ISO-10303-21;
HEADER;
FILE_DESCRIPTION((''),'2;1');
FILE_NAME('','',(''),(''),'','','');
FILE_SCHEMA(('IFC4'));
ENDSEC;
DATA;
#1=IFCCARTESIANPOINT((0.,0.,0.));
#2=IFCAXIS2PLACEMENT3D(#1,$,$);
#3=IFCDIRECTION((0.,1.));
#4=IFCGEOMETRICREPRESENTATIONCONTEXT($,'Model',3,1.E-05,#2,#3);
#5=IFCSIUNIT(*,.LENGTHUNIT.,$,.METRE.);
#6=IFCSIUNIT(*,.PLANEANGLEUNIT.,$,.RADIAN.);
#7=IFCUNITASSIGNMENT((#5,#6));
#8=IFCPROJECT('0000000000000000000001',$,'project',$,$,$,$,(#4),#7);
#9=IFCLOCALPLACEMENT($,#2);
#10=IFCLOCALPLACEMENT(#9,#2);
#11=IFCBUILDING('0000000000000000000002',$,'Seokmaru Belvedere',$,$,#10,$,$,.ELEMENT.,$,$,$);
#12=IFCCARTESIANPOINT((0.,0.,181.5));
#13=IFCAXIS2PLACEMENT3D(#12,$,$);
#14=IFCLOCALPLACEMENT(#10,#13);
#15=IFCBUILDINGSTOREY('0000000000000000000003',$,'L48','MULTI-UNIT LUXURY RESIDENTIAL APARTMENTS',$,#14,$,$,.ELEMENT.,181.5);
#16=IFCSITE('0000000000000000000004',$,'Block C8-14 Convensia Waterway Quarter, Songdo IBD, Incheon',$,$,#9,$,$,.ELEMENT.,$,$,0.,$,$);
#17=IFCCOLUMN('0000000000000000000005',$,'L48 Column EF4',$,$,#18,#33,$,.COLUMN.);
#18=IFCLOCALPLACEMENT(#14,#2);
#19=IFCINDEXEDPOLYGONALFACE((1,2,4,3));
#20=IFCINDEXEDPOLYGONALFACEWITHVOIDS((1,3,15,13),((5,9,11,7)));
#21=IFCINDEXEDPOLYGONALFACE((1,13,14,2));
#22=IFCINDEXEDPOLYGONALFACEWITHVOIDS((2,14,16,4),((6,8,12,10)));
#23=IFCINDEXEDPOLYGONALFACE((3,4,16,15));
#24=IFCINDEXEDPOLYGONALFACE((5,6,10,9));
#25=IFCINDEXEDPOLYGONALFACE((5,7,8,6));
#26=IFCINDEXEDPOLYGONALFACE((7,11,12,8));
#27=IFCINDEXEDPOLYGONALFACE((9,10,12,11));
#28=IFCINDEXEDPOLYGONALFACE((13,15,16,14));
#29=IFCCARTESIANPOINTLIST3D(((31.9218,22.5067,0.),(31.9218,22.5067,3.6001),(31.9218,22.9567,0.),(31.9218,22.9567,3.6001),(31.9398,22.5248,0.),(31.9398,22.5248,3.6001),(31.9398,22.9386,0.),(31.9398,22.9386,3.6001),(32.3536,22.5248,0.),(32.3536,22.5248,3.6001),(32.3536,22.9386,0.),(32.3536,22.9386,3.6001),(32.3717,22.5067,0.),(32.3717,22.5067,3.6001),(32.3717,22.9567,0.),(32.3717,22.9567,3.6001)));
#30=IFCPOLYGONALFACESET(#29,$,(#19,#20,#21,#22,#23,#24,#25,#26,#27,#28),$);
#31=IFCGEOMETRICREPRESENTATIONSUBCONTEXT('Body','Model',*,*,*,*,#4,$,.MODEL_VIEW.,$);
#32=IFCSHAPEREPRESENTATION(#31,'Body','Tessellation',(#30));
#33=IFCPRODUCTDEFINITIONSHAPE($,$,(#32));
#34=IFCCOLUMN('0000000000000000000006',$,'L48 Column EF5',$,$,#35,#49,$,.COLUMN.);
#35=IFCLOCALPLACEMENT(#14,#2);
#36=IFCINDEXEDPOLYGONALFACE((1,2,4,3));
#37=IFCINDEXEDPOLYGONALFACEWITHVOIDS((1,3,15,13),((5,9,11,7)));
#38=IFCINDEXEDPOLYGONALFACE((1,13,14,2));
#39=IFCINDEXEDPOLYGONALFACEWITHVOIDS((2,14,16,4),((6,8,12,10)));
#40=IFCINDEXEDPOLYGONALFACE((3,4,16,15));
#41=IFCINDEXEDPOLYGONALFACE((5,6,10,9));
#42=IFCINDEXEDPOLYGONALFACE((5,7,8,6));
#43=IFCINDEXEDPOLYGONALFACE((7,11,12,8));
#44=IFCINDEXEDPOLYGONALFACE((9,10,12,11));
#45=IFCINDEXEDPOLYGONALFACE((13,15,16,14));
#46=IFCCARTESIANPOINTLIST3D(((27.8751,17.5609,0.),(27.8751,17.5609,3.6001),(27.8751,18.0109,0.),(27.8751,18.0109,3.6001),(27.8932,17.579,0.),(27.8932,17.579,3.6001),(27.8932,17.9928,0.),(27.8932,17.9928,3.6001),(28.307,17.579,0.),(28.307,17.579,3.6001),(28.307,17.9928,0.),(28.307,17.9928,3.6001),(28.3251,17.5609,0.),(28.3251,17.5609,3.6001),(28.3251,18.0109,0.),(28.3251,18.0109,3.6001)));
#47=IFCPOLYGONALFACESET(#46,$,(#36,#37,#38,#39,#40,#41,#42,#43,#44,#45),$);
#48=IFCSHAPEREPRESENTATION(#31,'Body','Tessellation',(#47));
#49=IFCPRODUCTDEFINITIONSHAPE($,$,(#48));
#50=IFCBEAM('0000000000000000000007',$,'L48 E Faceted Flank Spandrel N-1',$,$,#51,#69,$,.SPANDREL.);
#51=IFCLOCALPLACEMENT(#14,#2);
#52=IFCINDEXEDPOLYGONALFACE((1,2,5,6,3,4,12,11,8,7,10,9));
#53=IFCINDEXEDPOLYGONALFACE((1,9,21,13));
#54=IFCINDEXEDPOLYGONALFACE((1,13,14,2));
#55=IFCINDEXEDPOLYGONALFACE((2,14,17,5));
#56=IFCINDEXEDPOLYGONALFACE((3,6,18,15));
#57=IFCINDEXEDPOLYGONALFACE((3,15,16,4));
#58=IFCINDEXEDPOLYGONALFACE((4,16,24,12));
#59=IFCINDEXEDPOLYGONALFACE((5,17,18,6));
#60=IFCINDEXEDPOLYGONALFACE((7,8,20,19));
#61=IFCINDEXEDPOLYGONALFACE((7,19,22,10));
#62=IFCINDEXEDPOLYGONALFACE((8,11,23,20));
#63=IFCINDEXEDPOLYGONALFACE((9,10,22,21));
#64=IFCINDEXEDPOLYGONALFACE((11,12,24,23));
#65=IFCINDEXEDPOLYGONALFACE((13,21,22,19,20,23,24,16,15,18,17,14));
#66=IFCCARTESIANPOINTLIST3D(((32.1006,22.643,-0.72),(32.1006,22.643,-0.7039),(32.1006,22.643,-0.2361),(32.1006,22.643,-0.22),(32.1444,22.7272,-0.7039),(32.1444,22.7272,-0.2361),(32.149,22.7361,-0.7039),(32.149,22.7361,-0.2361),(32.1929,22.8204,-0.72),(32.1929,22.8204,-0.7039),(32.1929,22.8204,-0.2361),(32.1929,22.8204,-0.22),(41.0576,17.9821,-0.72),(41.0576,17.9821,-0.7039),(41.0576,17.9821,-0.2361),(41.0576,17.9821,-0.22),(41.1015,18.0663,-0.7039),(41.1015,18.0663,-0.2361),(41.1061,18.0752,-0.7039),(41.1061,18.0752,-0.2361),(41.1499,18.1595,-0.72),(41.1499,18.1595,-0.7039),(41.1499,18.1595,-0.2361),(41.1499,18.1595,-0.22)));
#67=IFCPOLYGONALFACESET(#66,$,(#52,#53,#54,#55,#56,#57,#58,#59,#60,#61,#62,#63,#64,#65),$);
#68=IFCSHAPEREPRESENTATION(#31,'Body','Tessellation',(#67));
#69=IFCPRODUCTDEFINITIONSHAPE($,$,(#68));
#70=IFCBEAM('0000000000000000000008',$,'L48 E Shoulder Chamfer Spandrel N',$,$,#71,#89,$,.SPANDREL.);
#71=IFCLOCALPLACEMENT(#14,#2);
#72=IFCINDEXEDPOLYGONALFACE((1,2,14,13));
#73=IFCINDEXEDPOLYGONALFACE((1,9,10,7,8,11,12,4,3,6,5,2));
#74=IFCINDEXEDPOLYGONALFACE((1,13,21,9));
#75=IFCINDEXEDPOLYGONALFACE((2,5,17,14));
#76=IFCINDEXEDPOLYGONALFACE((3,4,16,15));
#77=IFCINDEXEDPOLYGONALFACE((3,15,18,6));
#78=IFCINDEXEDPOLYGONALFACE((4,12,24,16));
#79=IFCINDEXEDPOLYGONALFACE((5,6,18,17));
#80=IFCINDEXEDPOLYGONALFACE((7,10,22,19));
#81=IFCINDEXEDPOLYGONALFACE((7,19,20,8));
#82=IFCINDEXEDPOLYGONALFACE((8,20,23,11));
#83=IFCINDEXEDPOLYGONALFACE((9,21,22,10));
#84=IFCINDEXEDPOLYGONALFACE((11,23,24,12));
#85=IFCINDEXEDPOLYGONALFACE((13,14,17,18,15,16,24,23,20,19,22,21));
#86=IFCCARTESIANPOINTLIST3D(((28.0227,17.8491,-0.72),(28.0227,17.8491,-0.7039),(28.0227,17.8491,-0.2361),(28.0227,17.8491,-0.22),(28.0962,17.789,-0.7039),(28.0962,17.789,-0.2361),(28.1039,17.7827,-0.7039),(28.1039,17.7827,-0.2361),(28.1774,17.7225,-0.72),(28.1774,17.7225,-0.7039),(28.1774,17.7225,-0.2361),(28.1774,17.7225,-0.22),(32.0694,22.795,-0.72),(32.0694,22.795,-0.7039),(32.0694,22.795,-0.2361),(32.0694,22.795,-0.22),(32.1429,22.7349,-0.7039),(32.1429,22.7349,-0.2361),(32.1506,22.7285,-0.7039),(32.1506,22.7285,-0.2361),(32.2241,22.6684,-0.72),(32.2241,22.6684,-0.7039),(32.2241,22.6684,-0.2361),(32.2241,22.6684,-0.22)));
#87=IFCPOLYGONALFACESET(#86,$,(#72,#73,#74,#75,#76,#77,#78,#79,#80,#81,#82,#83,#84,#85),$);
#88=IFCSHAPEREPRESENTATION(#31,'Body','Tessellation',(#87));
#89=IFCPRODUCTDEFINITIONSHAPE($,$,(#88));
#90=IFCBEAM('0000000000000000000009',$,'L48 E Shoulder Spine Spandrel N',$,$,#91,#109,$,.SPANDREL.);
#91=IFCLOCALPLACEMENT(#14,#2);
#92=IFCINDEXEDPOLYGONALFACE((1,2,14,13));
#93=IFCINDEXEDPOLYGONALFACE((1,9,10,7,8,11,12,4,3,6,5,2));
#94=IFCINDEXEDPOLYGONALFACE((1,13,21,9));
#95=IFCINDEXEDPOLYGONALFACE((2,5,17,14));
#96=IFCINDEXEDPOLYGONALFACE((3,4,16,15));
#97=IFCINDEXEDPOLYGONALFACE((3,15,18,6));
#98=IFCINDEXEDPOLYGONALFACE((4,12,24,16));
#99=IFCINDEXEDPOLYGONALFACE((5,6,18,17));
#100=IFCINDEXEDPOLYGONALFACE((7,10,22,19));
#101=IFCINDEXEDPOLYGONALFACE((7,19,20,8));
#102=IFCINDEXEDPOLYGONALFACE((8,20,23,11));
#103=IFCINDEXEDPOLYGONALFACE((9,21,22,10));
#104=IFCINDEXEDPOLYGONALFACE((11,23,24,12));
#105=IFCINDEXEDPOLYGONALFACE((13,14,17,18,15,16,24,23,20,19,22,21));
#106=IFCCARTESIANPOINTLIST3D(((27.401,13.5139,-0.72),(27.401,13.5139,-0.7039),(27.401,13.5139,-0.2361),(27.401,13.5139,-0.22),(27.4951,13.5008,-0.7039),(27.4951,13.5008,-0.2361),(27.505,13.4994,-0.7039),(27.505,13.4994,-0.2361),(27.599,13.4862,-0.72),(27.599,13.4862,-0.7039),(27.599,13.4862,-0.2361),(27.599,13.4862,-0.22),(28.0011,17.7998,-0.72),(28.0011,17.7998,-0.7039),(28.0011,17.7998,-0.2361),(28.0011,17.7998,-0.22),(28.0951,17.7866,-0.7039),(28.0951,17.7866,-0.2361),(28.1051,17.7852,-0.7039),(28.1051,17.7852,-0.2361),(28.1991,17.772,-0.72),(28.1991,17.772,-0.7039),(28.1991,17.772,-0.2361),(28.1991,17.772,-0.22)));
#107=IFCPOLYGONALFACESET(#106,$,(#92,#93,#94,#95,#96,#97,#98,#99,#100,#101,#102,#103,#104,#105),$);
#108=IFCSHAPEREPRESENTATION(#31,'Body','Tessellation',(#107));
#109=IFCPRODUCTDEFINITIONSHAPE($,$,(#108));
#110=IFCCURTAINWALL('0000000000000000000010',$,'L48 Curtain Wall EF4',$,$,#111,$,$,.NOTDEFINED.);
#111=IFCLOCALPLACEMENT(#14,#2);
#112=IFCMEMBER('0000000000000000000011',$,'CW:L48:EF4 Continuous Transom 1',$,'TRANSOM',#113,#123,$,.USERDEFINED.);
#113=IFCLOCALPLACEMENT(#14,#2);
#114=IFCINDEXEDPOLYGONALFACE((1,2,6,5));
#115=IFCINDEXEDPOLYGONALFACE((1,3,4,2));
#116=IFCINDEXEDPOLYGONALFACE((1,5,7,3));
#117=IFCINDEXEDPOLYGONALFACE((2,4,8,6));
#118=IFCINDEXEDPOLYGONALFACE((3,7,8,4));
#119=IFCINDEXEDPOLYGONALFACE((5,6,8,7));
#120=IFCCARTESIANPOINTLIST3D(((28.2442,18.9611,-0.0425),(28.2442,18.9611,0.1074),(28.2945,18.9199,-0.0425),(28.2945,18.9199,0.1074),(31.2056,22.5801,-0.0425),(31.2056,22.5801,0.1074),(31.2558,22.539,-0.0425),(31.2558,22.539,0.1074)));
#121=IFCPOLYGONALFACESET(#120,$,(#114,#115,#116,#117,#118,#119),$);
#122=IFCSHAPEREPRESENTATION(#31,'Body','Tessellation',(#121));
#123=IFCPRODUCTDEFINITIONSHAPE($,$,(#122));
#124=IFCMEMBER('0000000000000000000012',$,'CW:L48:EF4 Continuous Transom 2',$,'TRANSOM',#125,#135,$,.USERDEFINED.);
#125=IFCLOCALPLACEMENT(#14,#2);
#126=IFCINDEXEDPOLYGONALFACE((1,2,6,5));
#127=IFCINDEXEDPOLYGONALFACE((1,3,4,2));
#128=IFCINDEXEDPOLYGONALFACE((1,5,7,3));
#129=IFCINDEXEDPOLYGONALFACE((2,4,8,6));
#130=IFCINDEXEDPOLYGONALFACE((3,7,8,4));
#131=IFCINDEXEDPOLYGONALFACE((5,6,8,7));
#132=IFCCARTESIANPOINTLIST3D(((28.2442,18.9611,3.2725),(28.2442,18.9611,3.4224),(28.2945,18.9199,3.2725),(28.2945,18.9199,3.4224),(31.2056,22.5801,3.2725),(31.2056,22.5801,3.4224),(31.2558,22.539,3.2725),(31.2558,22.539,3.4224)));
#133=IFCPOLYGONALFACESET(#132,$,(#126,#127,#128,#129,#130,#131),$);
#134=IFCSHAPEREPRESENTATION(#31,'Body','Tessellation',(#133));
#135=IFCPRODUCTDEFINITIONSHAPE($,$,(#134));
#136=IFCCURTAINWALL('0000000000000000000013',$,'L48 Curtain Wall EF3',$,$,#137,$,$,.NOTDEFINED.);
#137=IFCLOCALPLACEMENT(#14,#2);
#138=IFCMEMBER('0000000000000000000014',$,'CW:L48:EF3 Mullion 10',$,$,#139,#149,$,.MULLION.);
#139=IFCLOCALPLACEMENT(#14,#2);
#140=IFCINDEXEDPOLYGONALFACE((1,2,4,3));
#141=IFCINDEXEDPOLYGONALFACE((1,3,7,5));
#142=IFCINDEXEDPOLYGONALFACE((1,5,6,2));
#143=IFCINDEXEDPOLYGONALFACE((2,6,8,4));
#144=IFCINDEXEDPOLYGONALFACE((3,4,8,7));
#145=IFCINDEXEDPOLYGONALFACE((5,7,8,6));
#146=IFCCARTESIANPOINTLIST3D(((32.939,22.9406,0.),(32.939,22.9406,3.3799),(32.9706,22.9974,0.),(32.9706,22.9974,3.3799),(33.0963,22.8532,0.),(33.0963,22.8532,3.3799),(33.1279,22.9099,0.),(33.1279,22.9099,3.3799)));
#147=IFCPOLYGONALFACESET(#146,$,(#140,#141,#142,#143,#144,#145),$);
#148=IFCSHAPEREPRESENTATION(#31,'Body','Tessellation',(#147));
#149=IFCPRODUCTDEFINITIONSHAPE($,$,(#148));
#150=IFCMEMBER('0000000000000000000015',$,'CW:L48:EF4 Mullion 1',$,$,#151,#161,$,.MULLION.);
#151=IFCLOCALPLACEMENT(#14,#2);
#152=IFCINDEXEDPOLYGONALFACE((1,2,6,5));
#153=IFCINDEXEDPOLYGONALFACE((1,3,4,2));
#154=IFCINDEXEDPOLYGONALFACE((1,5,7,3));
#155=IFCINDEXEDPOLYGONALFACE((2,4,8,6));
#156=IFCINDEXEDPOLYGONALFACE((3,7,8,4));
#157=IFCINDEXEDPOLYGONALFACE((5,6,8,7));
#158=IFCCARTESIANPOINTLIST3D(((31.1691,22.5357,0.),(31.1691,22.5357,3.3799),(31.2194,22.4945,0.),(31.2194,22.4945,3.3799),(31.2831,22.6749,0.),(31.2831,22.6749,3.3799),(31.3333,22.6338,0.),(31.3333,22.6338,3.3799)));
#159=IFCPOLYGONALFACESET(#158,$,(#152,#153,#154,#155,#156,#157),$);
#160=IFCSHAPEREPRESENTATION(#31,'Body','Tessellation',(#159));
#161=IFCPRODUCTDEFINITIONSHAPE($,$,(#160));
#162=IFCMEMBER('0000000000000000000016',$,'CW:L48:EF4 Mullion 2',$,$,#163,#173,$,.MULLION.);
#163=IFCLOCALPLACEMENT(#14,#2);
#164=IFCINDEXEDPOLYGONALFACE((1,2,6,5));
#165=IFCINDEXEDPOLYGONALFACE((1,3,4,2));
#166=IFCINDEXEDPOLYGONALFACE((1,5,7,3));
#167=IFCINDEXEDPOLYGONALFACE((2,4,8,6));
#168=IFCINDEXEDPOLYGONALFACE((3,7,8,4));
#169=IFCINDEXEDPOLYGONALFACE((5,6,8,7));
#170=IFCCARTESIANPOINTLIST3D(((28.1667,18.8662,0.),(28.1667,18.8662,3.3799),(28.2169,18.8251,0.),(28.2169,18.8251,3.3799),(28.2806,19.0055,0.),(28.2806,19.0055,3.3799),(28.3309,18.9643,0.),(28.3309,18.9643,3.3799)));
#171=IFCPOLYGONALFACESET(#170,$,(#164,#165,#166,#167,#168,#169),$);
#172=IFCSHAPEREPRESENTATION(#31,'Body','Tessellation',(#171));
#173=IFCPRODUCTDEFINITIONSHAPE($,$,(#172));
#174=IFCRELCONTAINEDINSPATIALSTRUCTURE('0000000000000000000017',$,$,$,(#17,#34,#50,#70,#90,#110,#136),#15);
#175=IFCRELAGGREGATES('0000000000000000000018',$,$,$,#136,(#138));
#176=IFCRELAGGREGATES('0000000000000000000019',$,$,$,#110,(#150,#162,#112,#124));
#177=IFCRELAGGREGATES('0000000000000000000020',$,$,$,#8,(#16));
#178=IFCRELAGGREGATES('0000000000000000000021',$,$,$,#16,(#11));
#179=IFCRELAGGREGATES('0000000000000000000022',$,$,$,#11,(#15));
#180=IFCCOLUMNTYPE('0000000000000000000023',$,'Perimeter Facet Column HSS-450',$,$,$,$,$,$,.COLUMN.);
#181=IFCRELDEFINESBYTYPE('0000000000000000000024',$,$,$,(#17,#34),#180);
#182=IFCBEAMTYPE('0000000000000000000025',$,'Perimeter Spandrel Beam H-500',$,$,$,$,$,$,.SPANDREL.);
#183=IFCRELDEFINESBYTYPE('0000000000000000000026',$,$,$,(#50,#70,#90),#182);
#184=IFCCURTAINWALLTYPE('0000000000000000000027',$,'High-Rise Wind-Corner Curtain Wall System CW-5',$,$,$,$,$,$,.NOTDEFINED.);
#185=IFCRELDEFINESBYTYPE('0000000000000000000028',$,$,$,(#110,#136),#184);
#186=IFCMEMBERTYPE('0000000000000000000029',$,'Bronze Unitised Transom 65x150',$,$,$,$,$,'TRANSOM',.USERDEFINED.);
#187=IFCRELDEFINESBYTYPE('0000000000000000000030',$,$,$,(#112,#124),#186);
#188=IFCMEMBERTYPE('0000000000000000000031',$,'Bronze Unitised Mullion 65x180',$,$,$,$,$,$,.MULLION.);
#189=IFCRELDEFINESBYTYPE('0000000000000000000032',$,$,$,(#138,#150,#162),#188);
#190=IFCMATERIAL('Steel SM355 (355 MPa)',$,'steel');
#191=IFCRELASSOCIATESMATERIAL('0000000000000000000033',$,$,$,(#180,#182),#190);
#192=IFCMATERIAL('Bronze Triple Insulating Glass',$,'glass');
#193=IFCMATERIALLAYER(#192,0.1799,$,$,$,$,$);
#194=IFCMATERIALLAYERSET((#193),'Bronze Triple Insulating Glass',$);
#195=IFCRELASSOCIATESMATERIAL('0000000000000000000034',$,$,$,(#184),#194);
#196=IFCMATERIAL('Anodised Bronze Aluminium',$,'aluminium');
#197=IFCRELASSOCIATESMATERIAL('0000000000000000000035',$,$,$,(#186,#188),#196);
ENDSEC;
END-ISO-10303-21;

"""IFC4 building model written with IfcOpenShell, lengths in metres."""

from ifc_helpers import new_model, si_unit, direction, frame, origin, origin_2d, place, context, subcontext, project, spatial, rectangle, hollow_rectangle, i_section, extrude, source, transform, mapped, material, layer, layer_set, material_profile, profile_set, type_object, type_shapes, element, aggregate, save


model = new_model("IFC4")

# Units and contexts
model_context = context("Model", 3, precision=1e-05, world=origin(), true_north=direction((0.0, 1.0)))
body_context = subcontext(model_context, "Body", "Model", "MODEL_VIEW")
ifc_project = project(units=[si_unit("LENGTHUNIT", "METRE"), si_unit("PLANEANGLEUNIT", "RADIAN")], contexts=[model_context])

# Site, building, storey
site_placement = place(None, origin())
site = spatial("IfcSite", under=ifc_project, at=site_placement, Name="Block C8-14 Convensia Waterway Quarter, Songdo IBD, Incheon", CompositionType="ELEMENT", RefElevation=0.0)
building_placement = place(site_placement, origin())
building = spatial("IfcBuilding", under=site, at=building_placement, Name="Seokmaru Belvedere", CompositionType="ELEMENT")
storey_placement = place(building_placement, frame((0.0, 0.0, 181.5)))
storey = spatial("IfcBuildingStorey", under=building, at=storey_placement, Name="L48", Description="MULTI-UNIT LUXURY RESIDENTIAL APARTMENTS", CompositionType="ELEMENT", Elevation=181.5)

# Columns
ifc_material_1 = material(Name="Steel SM355 (355 MPa)", Category="steel")
ifc_material_profile_1 = material_profile(ifc_material_1, hollow_rectangle(XDim=0.45, YDim=0.45, WallThickness=0.0181, at=origin_2d()), Name="HSS-450x450x18")
ifc_profile_set_1 = profile_set([ifc_material_profile_1], Name="Steel SM355 (355 MPa)")
column_type = type_object("IfcColumnType", Name="Perimeter Facet Column HSS-450", PredefinedType="COLUMN", material=ifc_profile_set_1)
shared_shape_1 = source(origin(), body_context, "Body", "SweptSolid", [
    extrude(hollow_rectangle(XDim=0.45, YDim=0.45, WallThickness=0.0181, at=origin_2d()), origin(), (0.0, 0.0, 1.0), 3.6001),
])
type_shapes(column_type, [shared_shape_1])
for number, where, z_axis, x_axis, name in (
    (1, (32.1467, 22.7317, 0.0), (0.0, 0.0, 1.0), (1.0, 0.0, 0.0), "L48 Column EF4"),
    (2, (28.1001, 17.7859, 0.0), (0.0, 0.0, 1.0), (1.0, 0.0, 0.0), "L48 Column EF5"),
):
    element("IfcColumn", number, at=place(storey_placement, frame(where, z_axis=z_axis, x_axis=x_axis)), inside=storey, type_object=column_type, Name=name, PredefinedType="COLUMN", context=body_context, shape_type="MappedRepresentation", body=[
        mapped(shared_shape_1, transform((0.0, 0.0, 0.0), scale=1.0)),
    ])

# Beams
ifc_material_profile_2 = material_profile(ifc_material_1, i_section(OverallWidth=0.2, OverallDepth=0.5, WebThickness=0.01, FlangeThickness=0.0161, at=origin_2d()), Name="H-500x200x10x16")
ifc_profile_set_2 = profile_set([ifc_material_profile_2], Name="Steel SM355 (355 MPa)")
beam_type_1 = type_object("IfcBeamType", Name="Perimeter Spandrel Beam H-500", PredefinedType="SPANDREL", material=ifc_profile_set_2)
shared_shape_2 = source(origin(), body_context, "Body", "SweptSolid", [
    extrude(i_section(OverallWidth=0.2, OverallDepth=0.5, WebThickness=0.01, FlangeThickness=0.0161, at=origin_2d()), origin(), (0.0, 0.0, 1.0), 10.0972),
])
beam_1_placement = place(storey_placement, frame((32.1467, 22.7317, -0.47), z_axis=(0.887086, -0.461605, 0.0), x_axis=(0.461605, 0.887086, 0.0)))
element("IfcBeam", 3, at=beam_1_placement, inside=storey, type_object=beam_type_1, Name="L48 E Faceted Flank Spandrel N-1", PredefinedType="SPANDREL", context=body_context, shape_type="MappedRepresentation", body=[
    mapped(shared_shape_2, transform((0.0, 0.0, 0.0), scale=1.0)),
])
shared_shape_3 = source(origin(), body_context, "Body", "SweptSolid", [
    extrude(i_section(OverallWidth=0.2, OverallDepth=0.5, WebThickness=0.01, FlangeThickness=0.0161, at=origin_2d()), origin(), (0.0, 0.0, 1.0), 6.3904),
])
beam_2_placement = place(storey_placement, frame((32.1467, 22.7317, -0.47), z_axis=(-0.633244, -0.773952, 0.0), x_axis=(0.773952, -0.633244, 0.0)))
element("IfcBeam", 4, at=beam_2_placement, inside=storey, type_object=beam_type_1, Name="L48 E Shoulder Chamfer Spandrel N", PredefinedType="SPANDREL", context=body_context, shape_type="MappedRepresentation", body=[
    mapped(shared_shape_3, transform((0.0, 0.0, 0.0), scale=1.0)),
])
shared_shape_4 = source(origin(), body_context, "Body", "SweptSolid", [
    extrude(i_section(OverallWidth=0.2, OverallDepth=0.5, WebThickness=0.01, FlangeThickness=0.0161, at=origin_2d()), origin(), (0.0, 0.0, 1.0), 4.3276),
])
type_shapes(beam_type_1, [shared_shape_2, shared_shape_3, shared_shape_4])
beam_3_placement = place(storey_placement, frame((28.1001, 17.7859, -0.47), z_axis=(-0.138664, -0.990339, 0.0), x_axis=(0.990339, -0.138664, 0.0)))
element("IfcBeam", 5, at=beam_3_placement, inside=storey, type_object=beam_type_1, Name="L48 E Shoulder Spine Spandrel N", PredefinedType="SPANDREL", context=body_context, shape_type="MappedRepresentation", body=[
    mapped(shared_shape_4, transform((0.0, 0.0, 0.0), scale=1.0)),
])

# Curtain wall, members
ifc_material_2 = material(Name="Bronze Triple Insulating Glass", Category="glass")
ifc_layer_1 = layer(ifc_material_2, 0.1799)
ifc_layer_set_1 = layer_set([ifc_layer_1], Name="Bronze Triple Insulating Glass")
curtain_wall_type = type_object("IfcCurtainWallType", Name="High-Rise Wind-Corner Curtain Wall System CW-5", PredefinedType="NOTDEFINED", material=ifc_layer_set_1)
curtain_wall_1_placement = place(storey_placement, origin())
curtain_wall_1 = element("IfcCurtainWall", 6, at=curtain_wall_1_placement, inside=storey, type_object=curtain_wall_type, Name="L48 Curtain Wall EF4", PredefinedType="NOTDEFINED")
ifc_material_3 = material(Name="Anodised Bronze Aluminium", Category="aluminium")
ifc_material_profile_3 = material_profile(ifc_material_3, rectangle(XDim=0.0649, YDim=0.1499, at=origin_2d()), Name="CW-T-65x150")
ifc_profile_set_3 = profile_set([ifc_material_profile_3], Name="Anodised Bronze Aluminium")
member_type_1 = type_object("IfcMemberType", Name="Bronze Unitised Transom 65x150", ElementType="TRANSOM", PredefinedType="USERDEFINED", material=ifc_profile_set_3)
shared_shape_5 = source(origin(), body_context, "Body", "SweptSolid", [
    extrude(rectangle(XDim=0.0649, YDim=0.1499, at=origin_2d()), origin(), (0.0, 0.0, 1.0), 4.6763),
])
type_shapes(member_type_1, [shared_shape_5])
member_1_placement = place(storey_placement, frame((31.2307, 22.5596, 0.0325), z_axis=(-0.633278, -0.773925, 0.0), x_axis=(0.773925, -0.633278, 0.0)))
member_1 = element("IfcMember", 7, at=member_1_placement, type_object=member_type_1, Name="CW:L48:EF4 Continuous Transom 1", ObjectType="TRANSOM", PredefinedType="USERDEFINED", context=body_context, shape_type="MappedRepresentation", body=[
    mapped(shared_shape_5, transform((0.0, 0.0, 0.0), scale=1.0)),
])
member_2_placement = place(storey_placement, frame((31.2307, 22.5596, 3.3474), z_axis=(-0.633278, -0.773925, 0.0), x_axis=(0.773925, -0.633278, 0.0)))
member_2 = element("IfcMember", 8, at=member_2_placement, type_object=member_type_1, Name="CW:L48:EF4 Continuous Transom 2", ObjectType="TRANSOM", PredefinedType="USERDEFINED", context=body_context, shape_type="MappedRepresentation", body=[
    mapped(shared_shape_5, transform((0.0, 0.0, 0.0), scale=1.0)),
])

# Curtain wall, member
curtain_wall_2_placement = place(storey_placement, origin())
curtain_wall_2 = element("IfcCurtainWall", 9, at=curtain_wall_2_placement, inside=storey, type_object=curtain_wall_type, Name="L48 Curtain Wall EF3", PredefinedType="NOTDEFINED")
ifc_material_profile_4 = material_profile(ifc_material_3, rectangle(XDim=0.0649, YDim=0.1799, at=origin_2d()), Name="CW-M-65x180")
ifc_profile_set_4 = profile_set([ifc_material_profile_4], Name="Anodised Bronze Aluminium")
member_type_2 = type_object("IfcMemberType", Name="Bronze Unitised Mullion 65x180", PredefinedType="MULLION", material=ifc_profile_set_4)
shared_shape_6 = source(origin(), body_context, "Body", "SweptSolid", [
    extrude(rectangle(XDim=0.0649, YDim=0.1799, at=origin_2d()), origin(), (0.0, 0.0, 1.0), 3.3799),
])
type_shapes(member_type_2, [shared_shape_6])
member_3_placement = place(storey_placement, frame((33.0334, 22.9253, 0.0), z_axis=(0.0, 0.0, 1.0), x_axis=(-0.486047, -0.873933, 0.0)))
member_3 = element("IfcMember", 10, at=member_3_placement, type_object=member_type_2, Name="CW:L48:EF3 Mullion 10", PredefinedType="MULLION", context=body_context, shape_type="MappedRepresentation", body=[
    mapped(shared_shape_6, transform((0.0, 0.0, 0.0), scale=1.0)),
])
aggregate(curtain_wall_2, [member_3])

# Members
member_4_placement = place(storey_placement, frame((31.2512, 22.5847, 0.0), z_axis=(0.0, 0.0, 1.0), x_axis=(0.773944, -0.633254, 0.0)))
member_4 = element("IfcMember", 11, at=member_4_placement, type_object=member_type_2, Name="CW:L48:EF4 Mullion 1", PredefinedType="MULLION", context=body_context, shape_type="MappedRepresentation", body=[
    mapped(shared_shape_6, transform((0.0, 0.0, 0.0), scale=1.0)),
])
member_5_placement = place(storey_placement, frame((28.2488, 18.9153, 0.0), z_axis=(0.0, 0.0, 1.0), x_axis=(0.773944, -0.633254, 0.0)))
member_5 = element("IfcMember", 12, at=member_5_placement, type_object=member_type_2, Name="CW:L48:EF4 Mullion 2", PredefinedType="MULLION", context=body_context, shape_type="MappedRepresentation", body=[
    mapped(shared_shape_6, transform((0.0, 0.0, 0.0), scale=1.0)),
])

aggregate(curtain_wall_1, [member_4, member_5, member_1, member_2])

save(model, "model.ifc")
